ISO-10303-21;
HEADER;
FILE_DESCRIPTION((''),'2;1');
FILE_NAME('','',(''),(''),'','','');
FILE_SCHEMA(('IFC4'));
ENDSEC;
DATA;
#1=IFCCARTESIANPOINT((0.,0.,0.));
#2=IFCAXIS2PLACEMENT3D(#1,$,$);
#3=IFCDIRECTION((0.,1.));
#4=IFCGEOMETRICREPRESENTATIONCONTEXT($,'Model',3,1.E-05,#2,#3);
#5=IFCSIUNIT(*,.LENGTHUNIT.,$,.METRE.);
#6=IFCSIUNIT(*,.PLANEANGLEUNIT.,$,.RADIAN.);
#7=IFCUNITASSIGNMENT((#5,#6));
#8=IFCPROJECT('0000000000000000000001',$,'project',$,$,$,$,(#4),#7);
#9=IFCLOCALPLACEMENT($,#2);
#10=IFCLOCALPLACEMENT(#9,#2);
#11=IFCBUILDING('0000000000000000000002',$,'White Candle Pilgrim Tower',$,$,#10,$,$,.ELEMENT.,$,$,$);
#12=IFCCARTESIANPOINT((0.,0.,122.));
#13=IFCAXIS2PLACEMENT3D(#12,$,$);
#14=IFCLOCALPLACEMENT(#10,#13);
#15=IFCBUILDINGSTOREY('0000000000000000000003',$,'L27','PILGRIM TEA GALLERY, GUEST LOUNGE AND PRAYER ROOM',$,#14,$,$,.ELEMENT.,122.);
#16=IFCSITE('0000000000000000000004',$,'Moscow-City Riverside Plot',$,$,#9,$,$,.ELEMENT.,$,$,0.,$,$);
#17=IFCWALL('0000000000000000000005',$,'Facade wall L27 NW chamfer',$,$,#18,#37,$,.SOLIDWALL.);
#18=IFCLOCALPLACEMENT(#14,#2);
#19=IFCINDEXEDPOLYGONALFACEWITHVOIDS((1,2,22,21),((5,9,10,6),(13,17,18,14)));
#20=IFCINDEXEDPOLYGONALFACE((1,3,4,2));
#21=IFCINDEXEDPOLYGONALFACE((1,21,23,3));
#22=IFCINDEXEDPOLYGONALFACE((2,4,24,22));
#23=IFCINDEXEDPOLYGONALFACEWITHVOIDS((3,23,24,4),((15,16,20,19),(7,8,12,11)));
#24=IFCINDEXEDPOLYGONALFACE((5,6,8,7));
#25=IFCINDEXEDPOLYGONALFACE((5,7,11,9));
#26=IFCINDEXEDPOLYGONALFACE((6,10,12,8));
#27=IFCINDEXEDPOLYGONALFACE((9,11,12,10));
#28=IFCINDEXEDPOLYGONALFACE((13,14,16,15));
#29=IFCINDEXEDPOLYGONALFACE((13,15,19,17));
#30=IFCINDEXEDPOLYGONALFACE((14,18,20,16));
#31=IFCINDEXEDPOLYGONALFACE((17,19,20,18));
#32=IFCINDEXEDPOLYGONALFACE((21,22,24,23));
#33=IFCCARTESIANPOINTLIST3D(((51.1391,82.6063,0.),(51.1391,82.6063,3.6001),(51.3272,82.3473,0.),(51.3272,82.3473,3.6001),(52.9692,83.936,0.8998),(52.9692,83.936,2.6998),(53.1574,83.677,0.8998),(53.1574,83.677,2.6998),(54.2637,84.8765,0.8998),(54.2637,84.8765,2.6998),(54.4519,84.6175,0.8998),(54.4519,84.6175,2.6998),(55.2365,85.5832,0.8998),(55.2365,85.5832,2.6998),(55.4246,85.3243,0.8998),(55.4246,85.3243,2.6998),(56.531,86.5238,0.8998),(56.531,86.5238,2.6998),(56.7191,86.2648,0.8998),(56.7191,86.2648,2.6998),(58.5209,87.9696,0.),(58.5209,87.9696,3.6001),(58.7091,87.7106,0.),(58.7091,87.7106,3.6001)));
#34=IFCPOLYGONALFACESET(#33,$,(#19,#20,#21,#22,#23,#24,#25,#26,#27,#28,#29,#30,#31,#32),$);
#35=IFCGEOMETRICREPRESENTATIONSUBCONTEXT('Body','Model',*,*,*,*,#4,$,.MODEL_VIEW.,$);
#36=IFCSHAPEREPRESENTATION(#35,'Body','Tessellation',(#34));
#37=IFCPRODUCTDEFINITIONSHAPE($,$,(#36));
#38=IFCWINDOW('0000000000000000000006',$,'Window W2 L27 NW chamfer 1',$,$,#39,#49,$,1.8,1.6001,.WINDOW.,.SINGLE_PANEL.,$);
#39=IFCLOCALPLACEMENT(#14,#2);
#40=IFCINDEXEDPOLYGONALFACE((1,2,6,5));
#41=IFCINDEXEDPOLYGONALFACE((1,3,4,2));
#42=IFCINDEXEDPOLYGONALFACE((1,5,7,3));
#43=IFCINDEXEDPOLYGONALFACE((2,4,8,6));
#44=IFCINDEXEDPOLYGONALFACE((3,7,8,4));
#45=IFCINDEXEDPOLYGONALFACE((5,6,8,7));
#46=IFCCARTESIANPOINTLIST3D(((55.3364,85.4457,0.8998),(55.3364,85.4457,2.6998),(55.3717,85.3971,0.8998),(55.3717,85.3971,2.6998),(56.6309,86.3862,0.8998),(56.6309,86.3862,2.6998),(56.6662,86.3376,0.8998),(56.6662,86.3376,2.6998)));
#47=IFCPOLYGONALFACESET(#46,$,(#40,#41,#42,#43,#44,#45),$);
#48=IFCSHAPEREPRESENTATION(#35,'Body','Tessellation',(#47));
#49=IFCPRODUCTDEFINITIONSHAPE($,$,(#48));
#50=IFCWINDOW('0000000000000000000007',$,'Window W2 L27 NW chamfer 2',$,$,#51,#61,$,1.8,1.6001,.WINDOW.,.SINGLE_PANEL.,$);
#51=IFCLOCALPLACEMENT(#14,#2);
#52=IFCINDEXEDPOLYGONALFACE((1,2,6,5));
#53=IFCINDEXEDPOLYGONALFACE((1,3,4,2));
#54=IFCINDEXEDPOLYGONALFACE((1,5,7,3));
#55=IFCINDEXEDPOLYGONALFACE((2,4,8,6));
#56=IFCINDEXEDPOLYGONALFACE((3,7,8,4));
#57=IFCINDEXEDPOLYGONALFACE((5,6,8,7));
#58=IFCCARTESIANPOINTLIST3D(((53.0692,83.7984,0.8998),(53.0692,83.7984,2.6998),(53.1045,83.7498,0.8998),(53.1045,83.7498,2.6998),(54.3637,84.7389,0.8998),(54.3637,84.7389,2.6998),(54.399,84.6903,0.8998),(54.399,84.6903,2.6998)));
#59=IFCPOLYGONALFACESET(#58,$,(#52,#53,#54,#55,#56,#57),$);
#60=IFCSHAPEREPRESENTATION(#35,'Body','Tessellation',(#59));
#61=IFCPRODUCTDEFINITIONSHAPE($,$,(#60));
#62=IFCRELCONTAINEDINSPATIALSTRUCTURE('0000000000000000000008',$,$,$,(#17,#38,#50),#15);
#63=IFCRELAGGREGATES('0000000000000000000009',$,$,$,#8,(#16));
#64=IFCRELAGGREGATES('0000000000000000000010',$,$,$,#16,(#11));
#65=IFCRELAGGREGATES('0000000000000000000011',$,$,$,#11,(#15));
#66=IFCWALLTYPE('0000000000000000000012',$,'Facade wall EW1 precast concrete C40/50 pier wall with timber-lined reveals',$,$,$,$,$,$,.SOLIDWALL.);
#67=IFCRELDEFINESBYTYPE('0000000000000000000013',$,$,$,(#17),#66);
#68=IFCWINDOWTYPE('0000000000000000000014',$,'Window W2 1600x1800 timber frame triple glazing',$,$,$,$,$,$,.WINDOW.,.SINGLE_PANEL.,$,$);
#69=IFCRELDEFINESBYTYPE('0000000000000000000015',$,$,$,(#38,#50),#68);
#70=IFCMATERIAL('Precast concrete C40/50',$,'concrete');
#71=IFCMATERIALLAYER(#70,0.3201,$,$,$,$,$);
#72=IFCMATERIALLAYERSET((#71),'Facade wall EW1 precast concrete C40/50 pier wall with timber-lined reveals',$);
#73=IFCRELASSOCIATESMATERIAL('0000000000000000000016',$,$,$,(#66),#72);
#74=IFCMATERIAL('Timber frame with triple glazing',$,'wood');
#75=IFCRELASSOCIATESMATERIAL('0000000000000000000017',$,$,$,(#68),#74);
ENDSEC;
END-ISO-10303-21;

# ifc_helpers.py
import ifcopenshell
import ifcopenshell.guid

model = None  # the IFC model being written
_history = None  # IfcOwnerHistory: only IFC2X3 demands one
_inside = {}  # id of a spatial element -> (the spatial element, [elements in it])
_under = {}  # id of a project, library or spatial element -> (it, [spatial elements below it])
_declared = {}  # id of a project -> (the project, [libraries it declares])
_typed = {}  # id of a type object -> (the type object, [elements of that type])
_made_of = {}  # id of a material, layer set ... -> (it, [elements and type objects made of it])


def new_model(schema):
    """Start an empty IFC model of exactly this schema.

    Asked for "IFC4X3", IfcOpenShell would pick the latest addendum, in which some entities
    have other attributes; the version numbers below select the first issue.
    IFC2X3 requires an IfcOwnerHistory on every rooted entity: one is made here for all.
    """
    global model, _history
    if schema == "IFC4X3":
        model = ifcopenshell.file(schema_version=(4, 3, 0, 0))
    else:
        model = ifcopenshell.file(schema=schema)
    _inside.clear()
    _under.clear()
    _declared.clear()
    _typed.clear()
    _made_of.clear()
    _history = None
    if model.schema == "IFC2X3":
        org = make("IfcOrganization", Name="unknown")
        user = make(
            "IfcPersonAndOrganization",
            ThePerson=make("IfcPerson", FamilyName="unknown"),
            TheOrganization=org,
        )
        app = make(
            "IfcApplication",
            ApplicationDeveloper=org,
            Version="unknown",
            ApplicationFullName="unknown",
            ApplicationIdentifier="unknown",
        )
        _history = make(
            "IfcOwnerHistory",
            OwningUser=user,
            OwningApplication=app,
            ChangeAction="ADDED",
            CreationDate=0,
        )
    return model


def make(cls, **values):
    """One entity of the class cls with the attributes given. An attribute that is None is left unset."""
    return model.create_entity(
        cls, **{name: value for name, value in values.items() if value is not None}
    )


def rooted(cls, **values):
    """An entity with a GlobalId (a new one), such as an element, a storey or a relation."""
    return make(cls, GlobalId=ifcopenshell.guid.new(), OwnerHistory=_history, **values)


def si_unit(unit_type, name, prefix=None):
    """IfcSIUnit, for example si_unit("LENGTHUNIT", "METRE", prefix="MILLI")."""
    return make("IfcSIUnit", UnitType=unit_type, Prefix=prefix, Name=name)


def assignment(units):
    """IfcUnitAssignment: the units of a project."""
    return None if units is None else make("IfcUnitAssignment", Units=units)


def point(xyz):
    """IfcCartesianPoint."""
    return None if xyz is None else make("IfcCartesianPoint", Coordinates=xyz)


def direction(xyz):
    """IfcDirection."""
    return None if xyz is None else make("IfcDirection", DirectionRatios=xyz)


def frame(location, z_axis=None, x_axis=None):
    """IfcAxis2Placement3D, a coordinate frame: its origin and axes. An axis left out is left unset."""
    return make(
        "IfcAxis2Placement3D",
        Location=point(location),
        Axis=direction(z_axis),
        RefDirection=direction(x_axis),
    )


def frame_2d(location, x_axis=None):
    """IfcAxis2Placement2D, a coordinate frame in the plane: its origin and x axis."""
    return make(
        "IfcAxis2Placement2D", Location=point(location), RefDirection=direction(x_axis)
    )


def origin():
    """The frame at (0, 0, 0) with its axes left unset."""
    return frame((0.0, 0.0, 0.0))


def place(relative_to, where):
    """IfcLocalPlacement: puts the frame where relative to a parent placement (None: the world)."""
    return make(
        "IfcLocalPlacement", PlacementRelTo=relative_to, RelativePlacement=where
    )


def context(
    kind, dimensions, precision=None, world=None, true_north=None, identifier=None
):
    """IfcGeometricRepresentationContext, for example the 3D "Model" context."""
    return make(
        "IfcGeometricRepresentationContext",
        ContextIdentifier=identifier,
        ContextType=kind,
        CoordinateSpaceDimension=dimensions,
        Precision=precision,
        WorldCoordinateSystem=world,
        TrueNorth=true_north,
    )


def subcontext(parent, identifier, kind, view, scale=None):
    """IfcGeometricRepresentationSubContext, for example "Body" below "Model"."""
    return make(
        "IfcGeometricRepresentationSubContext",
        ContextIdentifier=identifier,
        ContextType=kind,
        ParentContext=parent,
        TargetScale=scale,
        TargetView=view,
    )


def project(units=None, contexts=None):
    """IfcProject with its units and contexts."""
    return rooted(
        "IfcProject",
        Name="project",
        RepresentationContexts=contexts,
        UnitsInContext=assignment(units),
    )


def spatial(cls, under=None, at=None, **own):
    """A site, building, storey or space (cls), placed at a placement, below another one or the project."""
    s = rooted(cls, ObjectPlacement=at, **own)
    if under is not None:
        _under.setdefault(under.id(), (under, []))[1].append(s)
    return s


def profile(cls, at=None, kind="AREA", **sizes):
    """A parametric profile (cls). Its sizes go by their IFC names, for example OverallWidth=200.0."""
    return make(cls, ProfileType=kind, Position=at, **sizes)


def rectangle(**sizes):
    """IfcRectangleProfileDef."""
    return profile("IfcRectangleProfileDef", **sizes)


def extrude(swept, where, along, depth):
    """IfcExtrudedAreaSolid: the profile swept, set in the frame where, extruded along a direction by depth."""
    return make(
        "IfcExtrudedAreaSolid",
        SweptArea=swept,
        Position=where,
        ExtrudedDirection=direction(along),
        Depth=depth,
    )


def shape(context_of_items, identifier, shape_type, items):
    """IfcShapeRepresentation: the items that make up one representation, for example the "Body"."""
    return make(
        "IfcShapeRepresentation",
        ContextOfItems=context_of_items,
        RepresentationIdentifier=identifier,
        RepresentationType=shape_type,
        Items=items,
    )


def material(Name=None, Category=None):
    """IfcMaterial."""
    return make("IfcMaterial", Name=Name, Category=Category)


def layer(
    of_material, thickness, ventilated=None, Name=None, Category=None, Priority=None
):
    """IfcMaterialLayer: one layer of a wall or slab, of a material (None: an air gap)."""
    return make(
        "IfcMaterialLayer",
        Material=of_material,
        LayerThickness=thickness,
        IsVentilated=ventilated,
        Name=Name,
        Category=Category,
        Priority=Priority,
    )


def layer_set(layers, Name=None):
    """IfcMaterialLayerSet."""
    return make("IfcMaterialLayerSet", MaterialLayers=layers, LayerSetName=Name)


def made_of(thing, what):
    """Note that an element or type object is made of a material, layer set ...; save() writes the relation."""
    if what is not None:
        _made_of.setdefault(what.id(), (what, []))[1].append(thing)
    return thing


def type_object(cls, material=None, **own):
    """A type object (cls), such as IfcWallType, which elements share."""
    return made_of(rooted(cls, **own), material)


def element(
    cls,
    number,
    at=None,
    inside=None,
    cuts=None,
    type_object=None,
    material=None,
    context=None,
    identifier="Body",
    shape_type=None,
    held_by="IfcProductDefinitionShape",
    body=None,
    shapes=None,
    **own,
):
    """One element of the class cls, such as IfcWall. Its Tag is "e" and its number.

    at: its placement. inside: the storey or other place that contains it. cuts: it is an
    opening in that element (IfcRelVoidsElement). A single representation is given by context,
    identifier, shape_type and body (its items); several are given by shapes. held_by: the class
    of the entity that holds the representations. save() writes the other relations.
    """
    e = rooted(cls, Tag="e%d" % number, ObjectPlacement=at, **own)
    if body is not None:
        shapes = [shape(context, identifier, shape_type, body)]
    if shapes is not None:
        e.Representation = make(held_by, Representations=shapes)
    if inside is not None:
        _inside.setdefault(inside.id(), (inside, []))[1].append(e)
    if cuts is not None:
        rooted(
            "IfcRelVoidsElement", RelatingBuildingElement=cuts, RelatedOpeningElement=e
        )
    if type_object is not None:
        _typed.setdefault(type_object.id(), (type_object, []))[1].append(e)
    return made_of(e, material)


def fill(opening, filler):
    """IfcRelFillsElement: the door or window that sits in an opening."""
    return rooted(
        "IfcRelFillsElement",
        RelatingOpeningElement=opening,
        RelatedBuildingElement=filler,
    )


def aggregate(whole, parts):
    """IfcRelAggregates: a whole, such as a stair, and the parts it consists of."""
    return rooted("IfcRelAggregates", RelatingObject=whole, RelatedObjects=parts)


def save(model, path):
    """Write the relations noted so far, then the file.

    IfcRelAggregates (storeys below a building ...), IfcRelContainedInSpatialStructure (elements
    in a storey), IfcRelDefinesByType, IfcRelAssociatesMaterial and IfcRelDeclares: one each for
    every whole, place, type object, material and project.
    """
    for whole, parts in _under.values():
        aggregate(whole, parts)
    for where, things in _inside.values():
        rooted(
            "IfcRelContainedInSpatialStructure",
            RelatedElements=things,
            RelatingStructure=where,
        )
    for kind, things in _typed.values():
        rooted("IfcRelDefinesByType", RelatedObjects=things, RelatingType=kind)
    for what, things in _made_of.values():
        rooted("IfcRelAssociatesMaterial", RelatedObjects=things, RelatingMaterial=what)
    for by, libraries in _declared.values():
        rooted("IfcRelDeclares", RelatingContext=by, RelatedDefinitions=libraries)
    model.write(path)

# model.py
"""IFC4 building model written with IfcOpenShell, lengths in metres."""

from ifc_helpers import new_model, si_unit, direction, frame, frame_2d, origin, place, context, subcontext, project, spatial, rectangle, extrude, material, layer, layer_set, type_object, element, fill, save


model = new_model("IFC4")

# Units and contexts
model_context = context("Model", 3, precision=1e-05, world=origin(), true_north=direction((0.0, 1.0)))
body_context = subcontext(model_context, "Body", "Model", "MODEL_VIEW")
ifc_project = project(units=[si_unit("LENGTHUNIT", "METRE"), si_unit("PLANEANGLEUNIT", "RADIAN")], contexts=[model_context])

# Site, building, storey
site_placement = place(None, origin())
site = spatial("IfcSite", under=ifc_project, at=site_placement, Name="Moscow-City Riverside Plot", CompositionType="ELEMENT", RefElevation=0.0)
building_placement = place(site_placement, origin())
building = spatial("IfcBuilding", under=site, at=building_placement, Name="White Candle Pilgrim Tower", CompositionType="ELEMENT")
storey_placement = place(building_placement, frame((0.0, 0.0, 122.0)))
storey = spatial("IfcBuildingStorey", under=building, at=storey_placement, Name="L27", Description="PILGRIM TEA GALLERY, GUEST LOUNGE AND PRAYER ROOM", CompositionType="ELEMENT", Elevation=122.0)

# Wall, openings, windows
ifc_material_1 = material(Name="Precast concrete C40/50", Category="concrete")
ifc_layer_1 = layer(ifc_material_1, 0.3201)
ifc_layer_set_1 = layer_set([ifc_layer_1], Name="Facade wall EW1 precast concrete C40/50 pier wall with timber-lined reveals")
wall_type_1 = type_object("IfcWallType", Name="Facade wall EW1 precast concrete C40/50 pier wall with timber-lined reveals", PredefinedType="SOLIDWALL", material=ifc_layer_set_1)
wall_1_placement = place(storey_placement, frame((58.615, 87.8401, 0.0), z_axis=(0.0, 0.0, 1.0), x_axis=(-0.809014, -0.58779, 0.0)))
wall_1 = element("IfcWall", 1, at=wall_1_placement, inside=storey, type_object=wall_type_1, Name="Facade wall L27 NW chamfer", PredefinedType="SOLIDWALL", context=body_context, shape_type="SweptSolid", body=[
    extrude(rectangle(XDim=9.1245, YDim=0.3201, at=frame_2d((4.5623, 0.0))), origin(), (0.0, 0.0, 1.0), 3.6001),
])
opening_1_placement = place(wall_1_placement, frame((2.4597, 0.0, 0.8999)))
opening_1 = element("IfcOpeningElement", 2, at=opening_1_placement, cuts=wall_1, PredefinedType="OPENING", context=body_context, shape_type="SweptSolid", body=[
    extrude(rectangle(XDim=1.6001, YDim=1.8, at=frame_2d((0.8, 0.8999))), frame((0.0, 0.1699, 0.0), z_axis=(0.0, -1.0, 0.0), x_axis=(1.0, 0.0, 0.0)), (0.0, 0.0, 1.0), 0.3401),
])
opening_2_placement = place(wall_1_placement, frame((5.2622, 0.0, 0.8999)))
opening_2 = element("IfcOpeningElement", 3, at=opening_2_placement, cuts=wall_1, PredefinedType="OPENING", context=body_context, shape_type="SweptSolid", body=[
    extrude(rectangle(XDim=1.6001, YDim=1.8, at=frame_2d((0.8, 0.8999))), frame((0.0, 0.1699, 0.0), z_axis=(0.0, -1.0, 0.0), x_axis=(1.0, 0.0, 0.0)), (0.0, 0.0, 1.0), 0.3401),
])
ifc_material_2 = material(Name="Timber frame with triple glazing", Category="wood")
window_type_1 = type_object("IfcWindowType", Name="Window W2 1600x1800 timber frame triple glazing", PartitioningType="SINGLE_PANEL", PredefinedType="WINDOW", material=ifc_material_2)
window_1_placement = place(opening_1_placement, origin())
window_1 = element("IfcWindow", 4, at=window_1_placement, inside=storey, type_object=window_type_1, Name="Window W2 L27 NW chamfer 1", OverallHeight=1.8, OverallWidth=1.6001, PartitioningType="SINGLE_PANEL", PredefinedType="WINDOW", context=body_context, shape_type="SweptSolid", body=[
    extrude(rectangle(XDim=1.6001, YDim=1.8, at=frame_2d((0.8, 0.8999))), frame((0.0, 0.0701, 0.0), z_axis=(0.0, -1.0, 0.0), x_axis=(1.0, 0.0, 0.0)), (0.0, 0.0, 1.0), 0.0601),
])
fill(opening_1, window_1)
window_2_placement = place(opening_2_placement, origin())
window_2 = element("IfcWindow", 5, at=window_2_placement, inside=storey, type_object=window_type_1, Name="Window W2 L27 NW chamfer 2", OverallHeight=1.8, OverallWidth=1.6001, PartitioningType="SINGLE_PANEL", PredefinedType="WINDOW", context=body_context, shape_type="SweptSolid", body=[
    extrude(rectangle(XDim=1.6001, YDim=1.8, at=frame_2d((0.8, 0.8999))), frame((0.0, 0.0701, 0.0), z_axis=(0.0, -1.0, 0.0), x_axis=(1.0, 0.0, 0.0)), (0.0, 0.0, 1.0), 0.0601),
])
fill(opening_2, window_2)

save(model, "model.ifc")
